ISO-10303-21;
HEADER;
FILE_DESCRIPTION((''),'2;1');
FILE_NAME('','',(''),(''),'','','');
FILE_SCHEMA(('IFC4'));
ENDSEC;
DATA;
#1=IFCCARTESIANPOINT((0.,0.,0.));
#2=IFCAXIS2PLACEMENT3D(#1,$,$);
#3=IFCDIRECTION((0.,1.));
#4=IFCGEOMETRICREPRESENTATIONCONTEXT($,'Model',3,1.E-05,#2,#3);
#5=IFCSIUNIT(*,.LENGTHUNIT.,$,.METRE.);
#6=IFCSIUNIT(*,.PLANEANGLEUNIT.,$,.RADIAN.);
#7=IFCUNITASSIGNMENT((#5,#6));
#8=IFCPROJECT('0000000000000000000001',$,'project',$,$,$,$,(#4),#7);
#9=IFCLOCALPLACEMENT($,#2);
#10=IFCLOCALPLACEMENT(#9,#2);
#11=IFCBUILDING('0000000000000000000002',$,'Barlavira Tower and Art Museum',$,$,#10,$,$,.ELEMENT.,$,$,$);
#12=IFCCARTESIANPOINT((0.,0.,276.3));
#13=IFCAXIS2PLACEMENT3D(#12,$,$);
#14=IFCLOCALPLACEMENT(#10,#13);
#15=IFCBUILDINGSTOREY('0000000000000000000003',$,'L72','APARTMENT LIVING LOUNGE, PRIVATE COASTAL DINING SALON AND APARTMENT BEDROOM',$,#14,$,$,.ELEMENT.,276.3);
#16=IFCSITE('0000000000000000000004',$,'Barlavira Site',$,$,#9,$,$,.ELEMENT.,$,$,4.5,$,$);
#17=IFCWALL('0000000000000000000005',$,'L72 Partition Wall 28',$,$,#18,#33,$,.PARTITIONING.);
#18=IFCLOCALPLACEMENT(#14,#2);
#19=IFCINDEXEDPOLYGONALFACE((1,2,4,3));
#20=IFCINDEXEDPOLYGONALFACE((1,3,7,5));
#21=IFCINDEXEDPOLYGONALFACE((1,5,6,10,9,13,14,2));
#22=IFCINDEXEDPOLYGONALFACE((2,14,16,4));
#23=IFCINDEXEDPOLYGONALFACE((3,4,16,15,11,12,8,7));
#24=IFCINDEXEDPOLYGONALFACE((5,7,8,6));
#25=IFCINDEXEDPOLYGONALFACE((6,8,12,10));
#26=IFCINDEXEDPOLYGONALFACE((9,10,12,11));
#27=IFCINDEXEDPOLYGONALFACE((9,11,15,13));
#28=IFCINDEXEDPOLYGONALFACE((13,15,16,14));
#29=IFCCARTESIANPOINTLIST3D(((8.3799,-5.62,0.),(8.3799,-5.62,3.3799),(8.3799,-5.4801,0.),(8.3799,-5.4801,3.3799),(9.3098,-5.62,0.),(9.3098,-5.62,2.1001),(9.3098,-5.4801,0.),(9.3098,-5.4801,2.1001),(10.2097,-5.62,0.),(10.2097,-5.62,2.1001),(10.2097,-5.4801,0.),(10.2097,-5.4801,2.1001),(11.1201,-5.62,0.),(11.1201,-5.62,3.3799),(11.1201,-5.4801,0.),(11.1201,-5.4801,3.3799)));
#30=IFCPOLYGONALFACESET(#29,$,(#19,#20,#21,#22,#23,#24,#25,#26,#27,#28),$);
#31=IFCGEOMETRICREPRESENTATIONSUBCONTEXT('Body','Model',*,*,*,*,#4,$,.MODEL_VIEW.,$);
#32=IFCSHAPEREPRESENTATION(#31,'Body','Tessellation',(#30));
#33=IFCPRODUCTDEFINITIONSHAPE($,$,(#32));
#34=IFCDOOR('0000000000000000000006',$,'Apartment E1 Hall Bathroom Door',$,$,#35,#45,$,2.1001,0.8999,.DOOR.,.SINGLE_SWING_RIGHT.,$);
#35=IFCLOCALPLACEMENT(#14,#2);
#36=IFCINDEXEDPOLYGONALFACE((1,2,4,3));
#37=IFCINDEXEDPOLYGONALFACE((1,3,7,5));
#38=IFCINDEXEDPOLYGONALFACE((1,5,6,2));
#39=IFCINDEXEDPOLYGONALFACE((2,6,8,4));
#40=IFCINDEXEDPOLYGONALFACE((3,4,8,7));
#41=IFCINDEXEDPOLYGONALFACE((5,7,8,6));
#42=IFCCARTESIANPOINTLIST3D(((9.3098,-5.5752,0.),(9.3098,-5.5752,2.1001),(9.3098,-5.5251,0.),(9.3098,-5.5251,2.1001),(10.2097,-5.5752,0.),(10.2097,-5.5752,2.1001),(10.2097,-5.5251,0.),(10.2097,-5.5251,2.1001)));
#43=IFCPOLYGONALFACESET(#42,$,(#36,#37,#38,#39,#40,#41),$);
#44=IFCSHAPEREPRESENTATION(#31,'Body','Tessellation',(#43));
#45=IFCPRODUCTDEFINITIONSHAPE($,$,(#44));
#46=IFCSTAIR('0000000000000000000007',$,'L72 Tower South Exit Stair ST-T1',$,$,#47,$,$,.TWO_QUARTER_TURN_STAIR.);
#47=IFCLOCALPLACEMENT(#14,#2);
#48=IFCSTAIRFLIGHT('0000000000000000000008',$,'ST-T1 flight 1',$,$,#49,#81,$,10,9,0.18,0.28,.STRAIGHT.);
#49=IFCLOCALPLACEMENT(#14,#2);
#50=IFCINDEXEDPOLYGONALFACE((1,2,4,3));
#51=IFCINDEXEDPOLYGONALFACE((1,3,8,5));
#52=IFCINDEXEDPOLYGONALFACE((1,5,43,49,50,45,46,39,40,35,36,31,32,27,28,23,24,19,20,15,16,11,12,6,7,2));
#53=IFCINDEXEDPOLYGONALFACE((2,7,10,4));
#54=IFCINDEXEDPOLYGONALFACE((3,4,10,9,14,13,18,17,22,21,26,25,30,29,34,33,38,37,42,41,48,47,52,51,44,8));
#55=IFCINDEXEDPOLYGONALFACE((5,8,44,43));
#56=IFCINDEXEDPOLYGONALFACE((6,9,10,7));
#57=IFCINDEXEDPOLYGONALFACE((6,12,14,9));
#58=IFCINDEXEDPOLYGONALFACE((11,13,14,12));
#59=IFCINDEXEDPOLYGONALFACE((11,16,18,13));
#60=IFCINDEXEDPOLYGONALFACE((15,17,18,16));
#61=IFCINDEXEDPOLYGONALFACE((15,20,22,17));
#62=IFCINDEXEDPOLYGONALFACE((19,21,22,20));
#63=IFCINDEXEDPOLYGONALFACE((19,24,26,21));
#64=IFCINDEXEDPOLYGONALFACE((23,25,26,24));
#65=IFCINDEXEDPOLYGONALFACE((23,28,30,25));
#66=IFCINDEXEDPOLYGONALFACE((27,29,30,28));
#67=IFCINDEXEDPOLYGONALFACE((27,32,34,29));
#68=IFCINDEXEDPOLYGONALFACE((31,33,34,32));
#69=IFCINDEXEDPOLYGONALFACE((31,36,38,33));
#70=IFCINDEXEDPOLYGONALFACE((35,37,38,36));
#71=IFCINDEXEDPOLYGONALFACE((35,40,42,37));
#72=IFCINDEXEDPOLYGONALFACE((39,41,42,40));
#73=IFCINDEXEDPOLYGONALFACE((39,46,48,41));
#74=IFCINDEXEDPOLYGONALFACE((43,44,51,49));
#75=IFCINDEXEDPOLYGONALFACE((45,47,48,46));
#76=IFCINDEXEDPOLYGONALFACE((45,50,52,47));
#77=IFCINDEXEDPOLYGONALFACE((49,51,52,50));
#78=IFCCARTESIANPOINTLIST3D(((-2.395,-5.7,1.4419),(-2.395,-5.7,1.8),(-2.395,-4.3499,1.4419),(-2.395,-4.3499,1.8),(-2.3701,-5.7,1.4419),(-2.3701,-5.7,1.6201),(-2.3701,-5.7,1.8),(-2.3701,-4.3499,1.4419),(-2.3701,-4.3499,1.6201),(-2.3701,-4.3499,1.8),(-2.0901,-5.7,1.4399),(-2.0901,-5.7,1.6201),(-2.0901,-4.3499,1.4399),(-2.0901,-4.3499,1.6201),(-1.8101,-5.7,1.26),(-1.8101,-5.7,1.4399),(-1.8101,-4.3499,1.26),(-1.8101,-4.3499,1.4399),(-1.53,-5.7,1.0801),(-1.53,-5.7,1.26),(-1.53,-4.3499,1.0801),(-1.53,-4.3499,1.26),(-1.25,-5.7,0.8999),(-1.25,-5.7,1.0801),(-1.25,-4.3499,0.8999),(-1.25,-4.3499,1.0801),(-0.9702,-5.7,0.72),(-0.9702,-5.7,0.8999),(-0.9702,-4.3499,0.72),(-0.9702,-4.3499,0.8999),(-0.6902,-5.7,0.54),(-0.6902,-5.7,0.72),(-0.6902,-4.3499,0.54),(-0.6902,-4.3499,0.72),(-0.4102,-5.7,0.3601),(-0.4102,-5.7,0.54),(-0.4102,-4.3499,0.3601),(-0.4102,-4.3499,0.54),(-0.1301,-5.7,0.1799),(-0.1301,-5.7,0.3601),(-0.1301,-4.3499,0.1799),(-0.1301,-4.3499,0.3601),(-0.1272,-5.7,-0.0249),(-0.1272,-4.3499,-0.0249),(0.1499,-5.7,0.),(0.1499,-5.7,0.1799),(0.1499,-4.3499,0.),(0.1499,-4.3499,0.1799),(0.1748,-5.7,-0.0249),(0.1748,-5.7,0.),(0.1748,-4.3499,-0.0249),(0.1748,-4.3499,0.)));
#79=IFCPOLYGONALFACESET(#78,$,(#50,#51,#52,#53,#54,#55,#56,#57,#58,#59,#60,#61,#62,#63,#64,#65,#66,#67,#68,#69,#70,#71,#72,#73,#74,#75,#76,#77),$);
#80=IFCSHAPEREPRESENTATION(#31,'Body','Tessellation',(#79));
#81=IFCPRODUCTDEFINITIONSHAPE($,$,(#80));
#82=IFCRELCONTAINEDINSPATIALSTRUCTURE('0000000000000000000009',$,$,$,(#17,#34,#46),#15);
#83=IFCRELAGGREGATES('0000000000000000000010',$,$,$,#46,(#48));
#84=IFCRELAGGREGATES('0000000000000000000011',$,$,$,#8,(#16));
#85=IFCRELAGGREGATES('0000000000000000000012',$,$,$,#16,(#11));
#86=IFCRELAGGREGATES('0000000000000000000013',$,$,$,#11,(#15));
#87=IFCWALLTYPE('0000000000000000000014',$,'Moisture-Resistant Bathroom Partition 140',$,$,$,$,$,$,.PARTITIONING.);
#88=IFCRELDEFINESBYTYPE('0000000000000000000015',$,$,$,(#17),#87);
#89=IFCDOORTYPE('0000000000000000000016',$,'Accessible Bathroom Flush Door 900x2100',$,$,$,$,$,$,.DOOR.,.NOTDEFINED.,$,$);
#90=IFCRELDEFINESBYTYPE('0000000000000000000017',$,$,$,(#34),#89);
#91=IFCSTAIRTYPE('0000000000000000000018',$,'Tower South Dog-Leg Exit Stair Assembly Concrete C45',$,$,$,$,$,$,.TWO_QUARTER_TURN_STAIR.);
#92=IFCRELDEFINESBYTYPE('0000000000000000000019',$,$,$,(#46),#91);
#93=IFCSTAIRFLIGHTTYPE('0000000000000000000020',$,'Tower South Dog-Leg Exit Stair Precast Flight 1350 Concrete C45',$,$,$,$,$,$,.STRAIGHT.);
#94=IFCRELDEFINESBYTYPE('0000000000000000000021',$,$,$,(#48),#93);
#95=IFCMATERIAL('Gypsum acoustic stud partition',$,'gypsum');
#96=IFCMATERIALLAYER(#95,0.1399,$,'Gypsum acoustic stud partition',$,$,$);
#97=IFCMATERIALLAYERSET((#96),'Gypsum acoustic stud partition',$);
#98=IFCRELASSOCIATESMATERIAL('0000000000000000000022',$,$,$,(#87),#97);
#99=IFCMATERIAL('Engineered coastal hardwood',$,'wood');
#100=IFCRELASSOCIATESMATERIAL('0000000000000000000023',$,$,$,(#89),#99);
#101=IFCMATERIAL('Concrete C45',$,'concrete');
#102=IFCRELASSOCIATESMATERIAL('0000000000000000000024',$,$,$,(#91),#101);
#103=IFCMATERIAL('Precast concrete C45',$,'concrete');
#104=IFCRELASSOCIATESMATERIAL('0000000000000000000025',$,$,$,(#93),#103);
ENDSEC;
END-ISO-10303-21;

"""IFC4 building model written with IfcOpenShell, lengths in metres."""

from ifc_helpers import new_model, si_unit, direction, frame, frame_2d, origin, place, context, subcontext, project, spatial, polyline, rectangle, outline, extrude, material, layer, layer_set, type_object, element, fill, aggregate, save


model = new_model("IFC4")

# Units and contexts
model_context = context("Model", 3, precision=1e-05, world=origin(), true_north=direction((0.0, 1.0)))
body_context = subcontext(model_context, "Body", "Model", "MODEL_VIEW")
ifc_project = project(units=[si_unit("LENGTHUNIT", "METRE"), si_unit("PLANEANGLEUNIT", "RADIAN")], contexts=[model_context])

# Site, building, storey
site_placement = place(None, origin())
site = spatial("IfcSite", under=ifc_project, at=site_placement, Name="Barlavira Site", CompositionType="ELEMENT", RefElevation=4.5)
building_placement = place(site_placement, origin())
building = spatial("IfcBuilding", under=site, at=building_placement, Name="Barlavira Tower and Art Museum", CompositionType="ELEMENT")
storey_placement = place(building_placement, frame((0.0, 0.0, 276.3)))
storey = spatial("IfcBuildingStorey", under=building, at=storey_placement, Name="L72", Description="APARTMENT LIVING LOUNGE, PRIVATE COASTAL DINING SALON AND APARTMENT BEDROOM", CompositionType="ELEMENT", Elevation=276.3)

# Shared definitions
ifc_material_1 = material(Name="Gypsum acoustic stud partition", Category="gypsum")
ifc_material_2 = material(Name="Engineered coastal hardwood", Category="wood")

# Wall, opening, door
ifc_layer_1 = layer(ifc_material_1, 0.1399, Name="Gypsum acoustic stud partition")
ifc_layer_set_1 = layer_set([ifc_layer_1], Name="Gypsum acoustic stud partition")
wall_type_1 = type_object("IfcWallType", Name="Moisture-Resistant Bathroom Partition 140", PredefinedType="PARTITIONING", material=ifc_layer_set_1)
wall_1_placement = place(storey_placement, frame((8.3799, -5.55, 0.0), z_axis=(0.0, 0.0, 1.0), x_axis=(1.0, 0.0, 0.0)))
wall_1 = element("IfcWall", 1, at=wall_1_placement, inside=storey, type_object=wall_type_1, Name="L72 Partition Wall 28", PredefinedType="PARTITIONING", context=body_context, shape_type="SweptSolid", body=[
    extrude(rectangle(XDim=2.7402, YDim=0.1399, at=frame_2d((1.3701, 0.0))), origin(), (0.0, 0.0, 1.0), 3.3799),
])
opening_1_placement = place(wall_1_placement, frame((0.9299, 0.0, 0.0)))
opening_1 = element("IfcOpeningElement", 2, at=opening_1_placement, cuts=wall_1, PredefinedType="OPENING", context=body_context, shape_type="SweptSolid", body=[
    extrude(rectangle(XDim=0.8999, YDim=2.1001, at=frame_2d((0.45, 1.05))), frame((0.0, 0.0801, 0.0), z_axis=(0.0, -1.0, 0.0), x_axis=(1.0, 0.0, 0.0)), (0.0, 0.0, 1.0), 0.1599),
])
door_type_1 = type_object("IfcDoorType", Name="Accessible Bathroom Flush Door 900x2100", OperationType="NOTDEFINED", PredefinedType="DOOR", material=ifc_material_2)
door_1_placement = place(opening_1_placement, origin())
door_1 = element("IfcDoor", 3, at=door_1_placement, inside=storey, type_object=door_type_1, Name="Apartment E1 Hall Bathroom Door", OperationType="SINGLE_SWING_RIGHT", OverallHeight=2.1001, OverallWidth=0.8999, PredefinedType="DOOR", context=body_context, shape_type="SweptSolid", body=[
    extrude(rectangle(XDim=0.8999, YDim=2.1001, at=frame_2d((0.45, 1.05))), frame((0.0, 0.0249, 0.0), z_axis=(0.0, -1.0, 0.0), x_axis=(1.0, 0.0, 0.0)), (0.0, 0.0, 1.0), 0.05),
])
fill(opening_1, door_1)

# Stair, stair flight
ifc_material_3 = material(Name="Concrete C45", Category="concrete")
stair_type = type_object("IfcStairType", Name="Tower South Dog-Leg Exit Stair Assembly Concrete C45", PredefinedType="TWO_QUARTER_TURN_STAIR", material=ifc_material_3)
stair_placement = place(storey_placement, origin())
stair = element("IfcStair", 4, at=stair_placement, inside=storey, type_object=stair_type, Name="L72 Tower South Exit Stair ST-T1", PredefinedType="TWO_QUARTER_TURN_STAIR")
ifc_material_4 = material(Name="Precast concrete C45", Category="concrete")
stair_flight_type = type_object("IfcStairFlightType", Name="Tower South Dog-Leg Exit Stair Precast Flight 1350 Concrete C45", PredefinedType="STRAIGHT", material=ifc_material_4)
stair_flight_placement = place(storey_placement, frame((0.1499, -5.0249, 0.0), z_axis=(0.0, 0.0, 1.0), x_axis=(-1.0, 0.0, 0.0)))
stair_flight = element("IfcStairFlight", 5, at=stair_flight_placement, type_object=stair_flight_type, Name="ST-T1 flight 1", NumberOfRisers=10, NumberOfTreads=9, PredefinedType="STRAIGHT", RiserHeight=0.18, TreadLength=0.28, context=body_context, shape_type="SweptSolid", body=[
    extrude(outline(polyline([(-0.0249, 0.0), (0.0, 0.0), (0.0, 0.1799), (0.28, 0.1799), (0.28, 0.3601), (0.5601, 0.3601), (0.5601, 0.54), (0.8401, 0.54), (0.8401, 0.72), (1.1201, 0.72), (1.1201, 0.8999), (1.3999, 0.8999), (1.3999, 1.0801), (1.6799, 1.0801), (1.6799, 1.26), (1.96, 1.26), (1.96, 1.4399), (2.24, 1.4399), (2.24, 1.6201), (2.52, 1.6201), (2.52, 1.8), (2.5449, 1.8), (2.5449, 1.4419), (2.52, 1.4419), (0.2771, -0.0249), (-0.0249, -0.0249), (-0.0249, 0.0)])), frame((0.0, 0.675, 0.0), z_axis=(0.0, -1.0, 0.0), x_axis=(1.0, 0.0, 0.0)), (0.0, 0.0, 1.0), 1.3501),
])
aggregate(stair, [stair_flight])

save(model, "model.ifc")
